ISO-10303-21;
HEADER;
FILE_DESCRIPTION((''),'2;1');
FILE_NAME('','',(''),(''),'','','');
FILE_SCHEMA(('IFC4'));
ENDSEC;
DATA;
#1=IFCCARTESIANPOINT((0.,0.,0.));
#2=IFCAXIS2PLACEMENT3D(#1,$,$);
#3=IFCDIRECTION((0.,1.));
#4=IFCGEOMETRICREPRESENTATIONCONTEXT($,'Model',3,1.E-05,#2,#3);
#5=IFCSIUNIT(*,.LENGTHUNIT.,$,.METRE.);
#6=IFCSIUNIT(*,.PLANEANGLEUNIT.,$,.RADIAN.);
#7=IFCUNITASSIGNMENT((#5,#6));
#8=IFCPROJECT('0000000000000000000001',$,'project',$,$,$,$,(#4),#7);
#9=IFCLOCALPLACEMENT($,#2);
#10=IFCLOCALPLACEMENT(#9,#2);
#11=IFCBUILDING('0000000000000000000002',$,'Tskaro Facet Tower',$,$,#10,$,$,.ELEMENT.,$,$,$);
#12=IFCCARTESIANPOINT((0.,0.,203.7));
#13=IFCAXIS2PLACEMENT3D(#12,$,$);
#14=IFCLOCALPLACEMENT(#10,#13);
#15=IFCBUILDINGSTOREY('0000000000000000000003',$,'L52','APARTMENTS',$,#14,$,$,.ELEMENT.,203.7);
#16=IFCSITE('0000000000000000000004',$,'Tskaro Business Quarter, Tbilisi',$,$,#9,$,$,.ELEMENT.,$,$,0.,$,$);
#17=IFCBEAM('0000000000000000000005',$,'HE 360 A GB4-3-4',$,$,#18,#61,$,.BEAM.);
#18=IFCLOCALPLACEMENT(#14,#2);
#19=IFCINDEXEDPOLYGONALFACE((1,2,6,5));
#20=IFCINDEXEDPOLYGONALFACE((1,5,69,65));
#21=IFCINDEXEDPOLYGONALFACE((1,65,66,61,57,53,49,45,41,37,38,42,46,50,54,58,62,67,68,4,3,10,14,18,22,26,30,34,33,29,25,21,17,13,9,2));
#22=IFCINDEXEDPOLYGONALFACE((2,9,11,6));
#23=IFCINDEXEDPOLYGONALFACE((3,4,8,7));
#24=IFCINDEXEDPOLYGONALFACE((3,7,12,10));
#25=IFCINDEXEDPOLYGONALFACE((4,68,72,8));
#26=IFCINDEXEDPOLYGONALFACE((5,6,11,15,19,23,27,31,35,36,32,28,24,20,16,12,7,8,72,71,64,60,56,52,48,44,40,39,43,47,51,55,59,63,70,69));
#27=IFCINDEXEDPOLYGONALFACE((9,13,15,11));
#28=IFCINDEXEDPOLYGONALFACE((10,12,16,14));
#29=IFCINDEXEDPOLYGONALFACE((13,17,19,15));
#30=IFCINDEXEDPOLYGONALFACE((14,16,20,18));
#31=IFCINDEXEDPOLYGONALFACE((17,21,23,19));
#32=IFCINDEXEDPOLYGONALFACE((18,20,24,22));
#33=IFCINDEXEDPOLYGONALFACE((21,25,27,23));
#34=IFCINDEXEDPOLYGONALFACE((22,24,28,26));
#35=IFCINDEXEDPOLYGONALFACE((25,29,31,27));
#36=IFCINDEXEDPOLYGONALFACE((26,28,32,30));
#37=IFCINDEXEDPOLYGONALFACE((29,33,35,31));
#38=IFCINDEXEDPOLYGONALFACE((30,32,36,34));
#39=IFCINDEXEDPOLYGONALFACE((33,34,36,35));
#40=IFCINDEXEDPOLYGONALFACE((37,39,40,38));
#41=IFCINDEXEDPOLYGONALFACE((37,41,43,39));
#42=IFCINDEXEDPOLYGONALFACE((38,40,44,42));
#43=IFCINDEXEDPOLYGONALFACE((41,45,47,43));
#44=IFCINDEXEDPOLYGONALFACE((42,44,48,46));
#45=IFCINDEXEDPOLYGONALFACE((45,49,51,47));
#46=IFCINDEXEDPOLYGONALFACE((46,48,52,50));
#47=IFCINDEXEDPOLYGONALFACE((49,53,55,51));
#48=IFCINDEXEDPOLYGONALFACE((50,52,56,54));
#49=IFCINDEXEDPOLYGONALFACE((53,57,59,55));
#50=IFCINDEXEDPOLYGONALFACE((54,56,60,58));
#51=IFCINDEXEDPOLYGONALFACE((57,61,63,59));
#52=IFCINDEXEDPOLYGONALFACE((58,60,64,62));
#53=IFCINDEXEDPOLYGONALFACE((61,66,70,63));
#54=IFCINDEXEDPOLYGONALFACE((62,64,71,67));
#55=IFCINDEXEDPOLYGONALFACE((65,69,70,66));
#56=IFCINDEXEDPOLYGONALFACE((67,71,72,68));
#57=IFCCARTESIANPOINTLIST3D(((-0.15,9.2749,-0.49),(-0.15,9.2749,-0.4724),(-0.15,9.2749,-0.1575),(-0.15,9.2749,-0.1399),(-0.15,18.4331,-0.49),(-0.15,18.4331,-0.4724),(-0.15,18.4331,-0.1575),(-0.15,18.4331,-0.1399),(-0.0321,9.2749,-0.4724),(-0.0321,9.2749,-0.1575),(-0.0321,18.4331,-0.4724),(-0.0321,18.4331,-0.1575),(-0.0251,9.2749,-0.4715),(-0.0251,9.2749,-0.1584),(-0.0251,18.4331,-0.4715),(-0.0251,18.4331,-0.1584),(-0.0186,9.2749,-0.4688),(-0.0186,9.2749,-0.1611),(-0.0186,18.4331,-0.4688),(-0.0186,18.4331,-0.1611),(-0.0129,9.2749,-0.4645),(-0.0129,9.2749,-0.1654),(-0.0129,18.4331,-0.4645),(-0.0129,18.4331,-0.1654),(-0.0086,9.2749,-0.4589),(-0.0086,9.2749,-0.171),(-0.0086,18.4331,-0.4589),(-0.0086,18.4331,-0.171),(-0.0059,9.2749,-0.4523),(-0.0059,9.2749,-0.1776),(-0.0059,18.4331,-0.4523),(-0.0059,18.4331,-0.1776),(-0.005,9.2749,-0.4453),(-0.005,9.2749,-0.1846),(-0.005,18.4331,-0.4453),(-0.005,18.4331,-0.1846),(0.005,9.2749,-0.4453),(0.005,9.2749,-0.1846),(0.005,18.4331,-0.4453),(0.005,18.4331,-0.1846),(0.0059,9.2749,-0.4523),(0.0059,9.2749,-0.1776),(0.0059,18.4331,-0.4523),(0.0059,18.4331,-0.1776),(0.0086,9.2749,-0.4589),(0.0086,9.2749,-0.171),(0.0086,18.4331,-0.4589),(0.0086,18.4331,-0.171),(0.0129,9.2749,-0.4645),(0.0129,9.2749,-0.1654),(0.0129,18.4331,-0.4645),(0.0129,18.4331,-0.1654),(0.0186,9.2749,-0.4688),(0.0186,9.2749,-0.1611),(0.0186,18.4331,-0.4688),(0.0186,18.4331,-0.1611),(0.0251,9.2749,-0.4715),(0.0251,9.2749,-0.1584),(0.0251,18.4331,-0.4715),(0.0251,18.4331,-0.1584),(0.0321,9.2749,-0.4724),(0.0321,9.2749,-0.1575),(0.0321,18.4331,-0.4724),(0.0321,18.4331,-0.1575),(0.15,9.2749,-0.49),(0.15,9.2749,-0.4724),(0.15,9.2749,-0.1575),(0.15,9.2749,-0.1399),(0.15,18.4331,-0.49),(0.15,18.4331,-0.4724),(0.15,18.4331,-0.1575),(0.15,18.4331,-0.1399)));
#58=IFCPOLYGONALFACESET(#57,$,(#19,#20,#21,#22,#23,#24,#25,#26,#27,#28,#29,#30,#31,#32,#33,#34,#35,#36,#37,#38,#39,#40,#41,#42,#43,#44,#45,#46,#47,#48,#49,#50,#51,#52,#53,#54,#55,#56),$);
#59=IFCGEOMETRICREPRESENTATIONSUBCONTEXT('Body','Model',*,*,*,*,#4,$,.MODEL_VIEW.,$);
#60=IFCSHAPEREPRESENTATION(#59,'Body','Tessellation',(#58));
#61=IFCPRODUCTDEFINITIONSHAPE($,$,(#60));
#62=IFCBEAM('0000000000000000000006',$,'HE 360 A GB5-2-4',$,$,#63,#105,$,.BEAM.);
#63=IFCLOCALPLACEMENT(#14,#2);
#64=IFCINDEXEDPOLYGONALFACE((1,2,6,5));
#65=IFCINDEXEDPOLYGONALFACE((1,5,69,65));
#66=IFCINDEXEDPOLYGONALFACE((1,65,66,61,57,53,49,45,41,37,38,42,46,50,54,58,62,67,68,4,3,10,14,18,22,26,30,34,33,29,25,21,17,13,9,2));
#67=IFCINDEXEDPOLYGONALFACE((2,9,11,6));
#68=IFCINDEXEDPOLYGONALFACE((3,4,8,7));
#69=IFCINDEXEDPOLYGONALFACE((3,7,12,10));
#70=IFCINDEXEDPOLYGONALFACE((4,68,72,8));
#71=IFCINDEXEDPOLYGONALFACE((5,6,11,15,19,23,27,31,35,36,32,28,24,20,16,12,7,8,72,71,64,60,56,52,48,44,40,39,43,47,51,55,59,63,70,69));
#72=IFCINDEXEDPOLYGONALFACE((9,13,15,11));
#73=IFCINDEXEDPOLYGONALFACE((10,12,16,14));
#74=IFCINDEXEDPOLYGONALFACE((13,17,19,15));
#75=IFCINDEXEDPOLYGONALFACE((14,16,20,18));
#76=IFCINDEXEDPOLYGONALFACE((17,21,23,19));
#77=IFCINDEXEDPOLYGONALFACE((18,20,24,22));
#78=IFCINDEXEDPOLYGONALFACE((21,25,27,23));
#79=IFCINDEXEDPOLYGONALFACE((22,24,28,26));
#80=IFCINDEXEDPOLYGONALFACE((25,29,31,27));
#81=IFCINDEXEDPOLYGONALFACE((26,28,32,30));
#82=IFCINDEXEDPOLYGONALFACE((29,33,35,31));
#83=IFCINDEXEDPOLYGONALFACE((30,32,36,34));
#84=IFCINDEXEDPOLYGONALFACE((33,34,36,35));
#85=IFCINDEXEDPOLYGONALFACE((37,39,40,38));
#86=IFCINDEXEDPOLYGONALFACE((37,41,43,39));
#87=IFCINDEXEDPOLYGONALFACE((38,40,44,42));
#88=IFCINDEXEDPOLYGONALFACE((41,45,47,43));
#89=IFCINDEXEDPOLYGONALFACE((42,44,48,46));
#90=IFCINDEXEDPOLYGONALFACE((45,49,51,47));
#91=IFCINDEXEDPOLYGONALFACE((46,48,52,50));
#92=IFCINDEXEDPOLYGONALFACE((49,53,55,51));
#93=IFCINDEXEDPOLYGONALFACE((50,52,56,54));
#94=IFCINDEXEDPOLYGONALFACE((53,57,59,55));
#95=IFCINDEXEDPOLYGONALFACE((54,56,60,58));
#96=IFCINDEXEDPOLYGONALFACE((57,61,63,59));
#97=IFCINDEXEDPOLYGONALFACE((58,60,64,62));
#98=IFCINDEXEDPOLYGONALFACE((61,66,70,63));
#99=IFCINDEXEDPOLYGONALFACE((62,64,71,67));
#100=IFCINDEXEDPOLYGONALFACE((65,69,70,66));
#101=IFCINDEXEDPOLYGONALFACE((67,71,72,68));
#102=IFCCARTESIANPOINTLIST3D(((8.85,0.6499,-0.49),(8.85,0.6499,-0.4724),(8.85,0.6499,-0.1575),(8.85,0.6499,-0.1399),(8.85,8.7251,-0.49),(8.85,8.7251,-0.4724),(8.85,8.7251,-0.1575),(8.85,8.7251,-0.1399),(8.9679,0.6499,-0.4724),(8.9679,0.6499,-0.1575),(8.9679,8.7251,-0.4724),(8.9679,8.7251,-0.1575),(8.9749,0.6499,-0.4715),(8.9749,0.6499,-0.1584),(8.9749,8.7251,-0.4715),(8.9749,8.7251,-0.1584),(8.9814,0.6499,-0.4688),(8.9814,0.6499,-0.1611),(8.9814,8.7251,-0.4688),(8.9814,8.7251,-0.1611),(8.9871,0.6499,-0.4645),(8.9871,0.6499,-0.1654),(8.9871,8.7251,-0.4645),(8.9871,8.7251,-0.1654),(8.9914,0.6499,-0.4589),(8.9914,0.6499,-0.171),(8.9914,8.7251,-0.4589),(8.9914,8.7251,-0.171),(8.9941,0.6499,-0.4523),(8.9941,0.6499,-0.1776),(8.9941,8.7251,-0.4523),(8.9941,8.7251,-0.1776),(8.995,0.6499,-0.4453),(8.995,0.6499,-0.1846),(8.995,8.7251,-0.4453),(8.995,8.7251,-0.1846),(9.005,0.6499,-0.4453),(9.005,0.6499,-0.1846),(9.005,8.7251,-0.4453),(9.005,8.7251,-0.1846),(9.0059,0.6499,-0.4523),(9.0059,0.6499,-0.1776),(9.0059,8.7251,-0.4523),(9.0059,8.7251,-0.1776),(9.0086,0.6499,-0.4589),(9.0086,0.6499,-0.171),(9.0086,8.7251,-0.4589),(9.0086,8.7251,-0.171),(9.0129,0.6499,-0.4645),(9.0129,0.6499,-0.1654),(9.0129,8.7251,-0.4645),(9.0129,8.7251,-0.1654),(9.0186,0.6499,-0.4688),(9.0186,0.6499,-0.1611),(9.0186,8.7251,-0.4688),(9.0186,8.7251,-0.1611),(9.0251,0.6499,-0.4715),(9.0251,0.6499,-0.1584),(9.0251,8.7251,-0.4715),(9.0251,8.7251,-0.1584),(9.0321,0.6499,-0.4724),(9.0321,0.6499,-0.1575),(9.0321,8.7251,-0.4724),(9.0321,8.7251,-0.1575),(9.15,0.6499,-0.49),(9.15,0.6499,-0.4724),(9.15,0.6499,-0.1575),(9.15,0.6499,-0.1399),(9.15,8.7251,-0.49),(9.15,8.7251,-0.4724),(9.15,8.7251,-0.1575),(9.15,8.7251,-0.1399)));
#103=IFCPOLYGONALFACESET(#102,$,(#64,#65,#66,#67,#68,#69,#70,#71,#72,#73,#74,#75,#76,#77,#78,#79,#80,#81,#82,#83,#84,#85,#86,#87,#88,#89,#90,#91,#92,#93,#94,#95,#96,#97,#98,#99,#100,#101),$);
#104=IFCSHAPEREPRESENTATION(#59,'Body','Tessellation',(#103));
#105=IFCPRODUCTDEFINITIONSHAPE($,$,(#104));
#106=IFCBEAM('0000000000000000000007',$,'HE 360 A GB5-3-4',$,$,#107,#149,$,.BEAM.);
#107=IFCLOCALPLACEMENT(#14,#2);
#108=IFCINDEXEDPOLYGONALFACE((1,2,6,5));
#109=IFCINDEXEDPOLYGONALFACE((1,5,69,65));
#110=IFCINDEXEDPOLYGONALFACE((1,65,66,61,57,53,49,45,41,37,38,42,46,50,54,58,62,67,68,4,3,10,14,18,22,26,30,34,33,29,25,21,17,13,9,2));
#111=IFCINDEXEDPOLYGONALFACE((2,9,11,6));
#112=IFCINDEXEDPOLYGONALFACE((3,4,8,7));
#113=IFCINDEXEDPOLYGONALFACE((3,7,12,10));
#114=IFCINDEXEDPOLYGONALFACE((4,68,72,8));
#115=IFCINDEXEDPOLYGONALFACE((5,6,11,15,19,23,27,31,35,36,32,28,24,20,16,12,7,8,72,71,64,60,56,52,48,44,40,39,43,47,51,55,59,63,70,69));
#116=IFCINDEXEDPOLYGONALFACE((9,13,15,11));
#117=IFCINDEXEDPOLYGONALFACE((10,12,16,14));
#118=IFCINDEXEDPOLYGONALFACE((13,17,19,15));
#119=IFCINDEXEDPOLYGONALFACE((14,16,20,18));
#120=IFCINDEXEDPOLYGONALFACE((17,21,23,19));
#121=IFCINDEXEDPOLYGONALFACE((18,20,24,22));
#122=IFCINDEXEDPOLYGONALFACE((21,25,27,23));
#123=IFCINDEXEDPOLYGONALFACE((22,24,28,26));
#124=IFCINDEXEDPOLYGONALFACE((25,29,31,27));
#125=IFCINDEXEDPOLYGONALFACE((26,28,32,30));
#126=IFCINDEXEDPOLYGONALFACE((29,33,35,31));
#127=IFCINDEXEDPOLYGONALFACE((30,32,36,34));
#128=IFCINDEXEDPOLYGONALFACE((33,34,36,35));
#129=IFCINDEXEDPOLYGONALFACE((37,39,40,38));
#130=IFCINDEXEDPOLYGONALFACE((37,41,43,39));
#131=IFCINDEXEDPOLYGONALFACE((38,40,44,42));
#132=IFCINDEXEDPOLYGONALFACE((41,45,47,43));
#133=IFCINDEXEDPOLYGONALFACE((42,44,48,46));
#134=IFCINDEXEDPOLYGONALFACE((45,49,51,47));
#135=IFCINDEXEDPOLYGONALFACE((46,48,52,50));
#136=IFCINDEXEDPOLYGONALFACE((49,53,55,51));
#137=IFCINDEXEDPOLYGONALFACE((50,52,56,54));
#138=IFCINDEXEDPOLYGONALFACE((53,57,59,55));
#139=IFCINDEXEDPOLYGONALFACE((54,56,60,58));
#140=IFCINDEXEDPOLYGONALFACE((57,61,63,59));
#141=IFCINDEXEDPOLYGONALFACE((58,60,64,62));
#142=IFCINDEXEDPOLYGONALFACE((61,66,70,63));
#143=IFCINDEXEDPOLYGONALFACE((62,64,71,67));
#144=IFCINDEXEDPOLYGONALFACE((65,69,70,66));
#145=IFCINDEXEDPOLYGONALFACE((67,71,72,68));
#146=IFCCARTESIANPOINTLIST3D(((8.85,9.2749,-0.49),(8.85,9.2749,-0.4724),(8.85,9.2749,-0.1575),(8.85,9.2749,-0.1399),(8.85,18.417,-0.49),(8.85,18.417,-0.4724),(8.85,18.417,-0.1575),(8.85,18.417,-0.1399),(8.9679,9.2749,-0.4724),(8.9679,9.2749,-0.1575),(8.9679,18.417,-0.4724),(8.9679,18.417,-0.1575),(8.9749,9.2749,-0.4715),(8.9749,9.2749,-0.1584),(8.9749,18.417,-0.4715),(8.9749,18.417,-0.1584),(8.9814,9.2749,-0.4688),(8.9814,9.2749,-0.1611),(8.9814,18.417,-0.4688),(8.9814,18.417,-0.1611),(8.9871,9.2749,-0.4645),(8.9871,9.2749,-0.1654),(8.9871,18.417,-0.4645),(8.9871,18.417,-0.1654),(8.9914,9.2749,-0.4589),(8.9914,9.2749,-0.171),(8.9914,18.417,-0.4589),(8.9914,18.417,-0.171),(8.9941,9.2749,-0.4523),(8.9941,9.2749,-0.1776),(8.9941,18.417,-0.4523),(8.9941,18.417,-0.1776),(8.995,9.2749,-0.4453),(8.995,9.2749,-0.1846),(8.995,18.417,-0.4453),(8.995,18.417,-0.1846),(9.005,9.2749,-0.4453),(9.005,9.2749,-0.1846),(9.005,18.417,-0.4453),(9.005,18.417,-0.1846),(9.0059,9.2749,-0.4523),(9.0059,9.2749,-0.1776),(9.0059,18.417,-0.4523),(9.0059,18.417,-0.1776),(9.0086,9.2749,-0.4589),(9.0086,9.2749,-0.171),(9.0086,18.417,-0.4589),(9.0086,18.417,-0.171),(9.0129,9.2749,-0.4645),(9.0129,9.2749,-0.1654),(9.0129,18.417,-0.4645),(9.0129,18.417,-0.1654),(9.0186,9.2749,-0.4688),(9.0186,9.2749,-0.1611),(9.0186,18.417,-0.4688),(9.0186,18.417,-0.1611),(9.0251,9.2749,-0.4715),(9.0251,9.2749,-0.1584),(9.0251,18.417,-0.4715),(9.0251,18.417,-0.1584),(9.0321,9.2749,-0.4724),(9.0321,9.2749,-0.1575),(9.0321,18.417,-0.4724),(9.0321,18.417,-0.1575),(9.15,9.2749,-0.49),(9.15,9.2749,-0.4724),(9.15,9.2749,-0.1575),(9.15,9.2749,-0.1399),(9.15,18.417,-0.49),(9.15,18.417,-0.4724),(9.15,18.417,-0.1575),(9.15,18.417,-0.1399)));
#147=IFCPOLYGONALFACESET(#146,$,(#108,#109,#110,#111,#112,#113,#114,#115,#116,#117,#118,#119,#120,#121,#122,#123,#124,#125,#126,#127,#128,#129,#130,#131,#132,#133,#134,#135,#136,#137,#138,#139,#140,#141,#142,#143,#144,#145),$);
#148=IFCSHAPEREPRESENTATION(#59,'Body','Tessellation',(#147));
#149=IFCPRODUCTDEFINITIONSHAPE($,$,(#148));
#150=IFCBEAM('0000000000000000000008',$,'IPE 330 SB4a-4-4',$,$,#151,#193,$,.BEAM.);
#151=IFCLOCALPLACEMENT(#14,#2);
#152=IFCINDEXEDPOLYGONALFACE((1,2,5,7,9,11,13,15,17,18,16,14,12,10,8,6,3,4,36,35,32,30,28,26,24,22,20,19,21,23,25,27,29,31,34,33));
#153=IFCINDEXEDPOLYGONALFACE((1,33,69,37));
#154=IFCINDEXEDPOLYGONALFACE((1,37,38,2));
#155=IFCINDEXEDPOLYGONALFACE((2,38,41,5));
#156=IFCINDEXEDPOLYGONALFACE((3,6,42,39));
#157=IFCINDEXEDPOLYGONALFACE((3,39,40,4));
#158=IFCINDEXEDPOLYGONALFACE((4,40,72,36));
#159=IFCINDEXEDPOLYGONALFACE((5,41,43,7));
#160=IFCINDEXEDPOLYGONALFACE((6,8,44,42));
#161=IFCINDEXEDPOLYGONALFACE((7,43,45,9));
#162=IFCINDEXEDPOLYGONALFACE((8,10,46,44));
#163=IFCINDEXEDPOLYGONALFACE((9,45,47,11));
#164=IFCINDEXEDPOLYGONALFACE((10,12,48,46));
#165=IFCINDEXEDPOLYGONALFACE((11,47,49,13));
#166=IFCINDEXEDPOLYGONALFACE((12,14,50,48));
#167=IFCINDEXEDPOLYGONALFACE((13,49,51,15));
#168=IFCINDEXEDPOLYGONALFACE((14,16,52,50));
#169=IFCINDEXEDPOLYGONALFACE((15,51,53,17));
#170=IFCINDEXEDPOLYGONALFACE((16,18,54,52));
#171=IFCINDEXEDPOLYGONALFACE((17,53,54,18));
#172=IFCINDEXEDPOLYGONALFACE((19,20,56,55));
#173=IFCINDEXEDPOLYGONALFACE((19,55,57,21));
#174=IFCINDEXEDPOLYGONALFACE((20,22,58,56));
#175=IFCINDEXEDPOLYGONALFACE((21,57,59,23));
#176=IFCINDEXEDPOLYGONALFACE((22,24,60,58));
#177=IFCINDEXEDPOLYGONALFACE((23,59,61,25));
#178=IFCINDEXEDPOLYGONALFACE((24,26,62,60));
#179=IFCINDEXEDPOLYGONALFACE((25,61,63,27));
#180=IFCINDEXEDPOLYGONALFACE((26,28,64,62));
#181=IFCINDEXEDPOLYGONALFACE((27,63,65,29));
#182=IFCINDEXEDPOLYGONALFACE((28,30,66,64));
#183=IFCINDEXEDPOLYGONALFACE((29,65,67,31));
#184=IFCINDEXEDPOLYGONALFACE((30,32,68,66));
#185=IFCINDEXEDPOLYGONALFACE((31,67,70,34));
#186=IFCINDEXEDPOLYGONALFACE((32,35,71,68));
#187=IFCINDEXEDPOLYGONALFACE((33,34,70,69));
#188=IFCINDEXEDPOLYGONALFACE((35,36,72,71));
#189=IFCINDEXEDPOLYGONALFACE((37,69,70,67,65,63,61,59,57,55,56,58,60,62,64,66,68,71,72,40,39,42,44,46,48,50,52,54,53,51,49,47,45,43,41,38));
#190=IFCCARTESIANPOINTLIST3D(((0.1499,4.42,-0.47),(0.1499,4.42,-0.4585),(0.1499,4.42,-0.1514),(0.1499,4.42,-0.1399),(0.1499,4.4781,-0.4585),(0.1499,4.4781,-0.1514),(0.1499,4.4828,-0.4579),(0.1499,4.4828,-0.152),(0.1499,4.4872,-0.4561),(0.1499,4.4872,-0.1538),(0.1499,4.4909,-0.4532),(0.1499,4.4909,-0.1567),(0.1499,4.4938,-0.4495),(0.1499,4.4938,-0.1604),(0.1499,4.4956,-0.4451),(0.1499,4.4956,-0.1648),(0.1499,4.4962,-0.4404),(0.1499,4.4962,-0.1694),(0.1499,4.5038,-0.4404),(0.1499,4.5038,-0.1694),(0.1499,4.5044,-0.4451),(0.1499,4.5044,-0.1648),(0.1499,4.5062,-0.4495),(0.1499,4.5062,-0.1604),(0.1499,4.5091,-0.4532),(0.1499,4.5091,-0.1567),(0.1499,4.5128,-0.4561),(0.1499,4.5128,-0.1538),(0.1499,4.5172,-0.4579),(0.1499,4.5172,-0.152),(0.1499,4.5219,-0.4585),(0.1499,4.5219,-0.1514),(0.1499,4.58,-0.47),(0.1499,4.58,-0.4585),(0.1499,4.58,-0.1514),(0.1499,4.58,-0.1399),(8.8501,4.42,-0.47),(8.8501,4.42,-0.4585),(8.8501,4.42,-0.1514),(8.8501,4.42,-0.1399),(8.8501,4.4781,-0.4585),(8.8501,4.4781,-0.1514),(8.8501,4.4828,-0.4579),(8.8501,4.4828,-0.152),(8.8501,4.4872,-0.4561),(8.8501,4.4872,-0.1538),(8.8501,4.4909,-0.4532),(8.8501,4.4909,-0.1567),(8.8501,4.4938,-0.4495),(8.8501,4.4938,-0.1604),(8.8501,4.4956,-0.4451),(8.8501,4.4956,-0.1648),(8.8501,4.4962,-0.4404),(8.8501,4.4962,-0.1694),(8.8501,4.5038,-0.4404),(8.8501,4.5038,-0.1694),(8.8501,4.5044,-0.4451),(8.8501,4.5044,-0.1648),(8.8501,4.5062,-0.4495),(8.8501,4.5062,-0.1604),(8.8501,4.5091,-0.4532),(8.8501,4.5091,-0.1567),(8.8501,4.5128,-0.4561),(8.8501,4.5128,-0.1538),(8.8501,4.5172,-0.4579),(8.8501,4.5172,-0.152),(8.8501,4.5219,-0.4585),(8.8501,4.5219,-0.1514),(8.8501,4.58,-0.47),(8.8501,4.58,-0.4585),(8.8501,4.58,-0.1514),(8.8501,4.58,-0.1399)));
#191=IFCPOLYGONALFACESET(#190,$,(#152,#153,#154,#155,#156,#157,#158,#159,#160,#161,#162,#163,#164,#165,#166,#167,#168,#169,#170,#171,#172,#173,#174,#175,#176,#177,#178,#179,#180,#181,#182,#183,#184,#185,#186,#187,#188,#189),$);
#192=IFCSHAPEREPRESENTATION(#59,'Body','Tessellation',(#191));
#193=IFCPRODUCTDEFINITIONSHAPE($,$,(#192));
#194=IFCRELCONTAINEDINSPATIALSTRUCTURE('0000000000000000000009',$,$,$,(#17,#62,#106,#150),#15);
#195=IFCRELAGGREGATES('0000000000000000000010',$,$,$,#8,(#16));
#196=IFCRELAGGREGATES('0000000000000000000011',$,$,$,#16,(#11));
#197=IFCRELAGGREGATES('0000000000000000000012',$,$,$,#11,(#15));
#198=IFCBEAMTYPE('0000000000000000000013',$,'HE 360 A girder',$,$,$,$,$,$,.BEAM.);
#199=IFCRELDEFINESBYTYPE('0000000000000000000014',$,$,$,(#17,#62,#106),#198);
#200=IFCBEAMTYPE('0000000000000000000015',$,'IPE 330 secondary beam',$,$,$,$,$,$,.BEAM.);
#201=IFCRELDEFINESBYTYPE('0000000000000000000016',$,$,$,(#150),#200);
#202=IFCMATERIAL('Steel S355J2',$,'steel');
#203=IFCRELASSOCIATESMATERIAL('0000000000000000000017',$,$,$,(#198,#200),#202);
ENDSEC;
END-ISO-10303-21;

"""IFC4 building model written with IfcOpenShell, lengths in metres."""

from ifc_helpers import new_model, si_unit, direction, frame, origin, origin_2d, place, context, subcontext, project, spatial, i_section, extrude, material, material_profile, profile_set, type_object, element, save


model = new_model("IFC4")

# Units and contexts
model_context = context("Model", 3, precision=1e-05, world=origin(), true_north=direction((0.0, 1.0)))
body_context = subcontext(model_context, "Body", "Model", "MODEL_VIEW")
ifc_project = project(units=[si_unit("LENGTHUNIT", "METRE"), si_unit("PLANEANGLEUNIT", "RADIAN")], contexts=[model_context])

# Site, building, storey
site_placement = place(None, origin())
site = spatial("IfcSite", under=ifc_project, at=site_placement, Name="Tskaro Business Quarter, Tbilisi", CompositionType="ELEMENT", RefElevation=0.0)
building_placement = place(site_placement, origin())
building = spatial("IfcBuilding", under=site, at=building_placement, Name="Tskaro Facet Tower", CompositionType="ELEMENT")
storey_placement = place(building_placement, frame((0.0, 0.0, 203.7)))
storey = spatial("IfcBuildingStorey", under=building, at=storey_placement, Name="L52", Description="APARTMENTS", CompositionType="ELEMENT", Elevation=203.7)

# Beams
ifc_material_1 = material(Name="Steel S355J2", Category="steel")
ifc_material_profile_1 = material_profile(ifc_material_1, i_section(OverallWidth=0.3, OverallDepth=0.3501, WebThickness=0.01, FlangeThickness=0.0176, FilletRadius=0.0271, at=origin_2d()), Name="HE 360 A")
ifc_profile_set_1 = profile_set([ifc_material_profile_1], Name="Steel S355J2")
beam_type_1 = type_object("IfcBeamType", Name="HE 360 A girder", PredefinedType="BEAM", material=ifc_profile_set_1)
beam_1_placement = place(storey_placement, frame((0.0, 9.2749, -0.3149), z_axis=(0.0, 1.0, 0.0), x_axis=(-1.0, 0.0, 0.0)))
element("IfcBeam", 1, at=beam_1_placement, inside=storey, type_object=beam_type_1, Name="HE 360 A GB4-3-4", PredefinedType="BEAM", context=body_context, shape_type="SweptSolid", body=[
    extrude(i_section(OverallWidth=0.3, OverallDepth=0.3501, WebThickness=0.01, FlangeThickness=0.0176, FilletRadius=0.0271, at=origin_2d()), origin(), (0.0, 0.0, 1.0), 9.1582),
])
beam_2_placement = place(storey_placement, frame((9.0, 0.6499, -0.3149), z_axis=(0.0, 1.0, 0.0), x_axis=(-1.0, 0.0, 0.0)))
element("IfcBeam", 2, at=beam_2_placement, inside=storey, type_object=beam_type_1, Name="HE 360 A GB5-2-4", PredefinedType="BEAM", context=body_context, shape_type="SweptSolid", body=[
    extrude(i_section(OverallWidth=0.3, OverallDepth=0.3501, WebThickness=0.01, FlangeThickness=0.0176, FilletRadius=0.0271, at=origin_2d()), origin(), (0.0, 0.0, 1.0), 8.0752),
])
beam_3_placement = place(storey_placement, frame((9.0, 9.2749, -0.3149), z_axis=(0.0, 1.0, 0.0), x_axis=(-1.0, 0.0, 0.0)))
element("IfcBeam", 3, at=beam_3_placement, inside=storey, type_object=beam_type_1, Name="HE 360 A GB5-3-4", PredefinedType="BEAM", context=body_context, shape_type="SweptSolid", body=[
    extrude(i_section(OverallWidth=0.3, OverallDepth=0.3501, WebThickness=0.01, FlangeThickness=0.0176, FilletRadius=0.0271, at=origin_2d()), origin(), (0.0, 0.0, 1.0), 9.1421),
])
ifc_material_profile_2 = material_profile(ifc_material_1, i_section(OverallWidth=0.1599, OverallDepth=0.3301, WebThickness=0.0076, FlangeThickness=0.0115, FilletRadius=0.0181, at=origin_2d()), Name="IPE 330")
ifc_profile_set_2 = profile_set([ifc_material_profile_2], Name="Steel S355J2")
beam_type_2 = type_object("IfcBeamType", Name="IPE 330 secondary beam", PredefinedType="BEAM", material=ifc_profile_set_2)
beam_4_placement = place(storey_placement, frame((0.1499, 4.5, -0.3049), z_axis=(1.0, 0.0, 0.0), x_axis=(0.0, 1.0, 0.0)))
element("IfcBeam", 4, at=beam_4_placement, inside=storey, type_object=beam_type_2, Name="IPE 330 SB4a-4-4", PredefinedType="BEAM", context=body_context, shape_type="SweptSolid", body=[
    extrude(i_section(OverallWidth=0.1599, OverallDepth=0.3301, WebThickness=0.0076, FlangeThickness=0.0115, FilletRadius=0.0181, at=origin_2d()), origin(), (0.0, 0.0, 1.0), 8.7002),
])

save(model, "model.ifc")
